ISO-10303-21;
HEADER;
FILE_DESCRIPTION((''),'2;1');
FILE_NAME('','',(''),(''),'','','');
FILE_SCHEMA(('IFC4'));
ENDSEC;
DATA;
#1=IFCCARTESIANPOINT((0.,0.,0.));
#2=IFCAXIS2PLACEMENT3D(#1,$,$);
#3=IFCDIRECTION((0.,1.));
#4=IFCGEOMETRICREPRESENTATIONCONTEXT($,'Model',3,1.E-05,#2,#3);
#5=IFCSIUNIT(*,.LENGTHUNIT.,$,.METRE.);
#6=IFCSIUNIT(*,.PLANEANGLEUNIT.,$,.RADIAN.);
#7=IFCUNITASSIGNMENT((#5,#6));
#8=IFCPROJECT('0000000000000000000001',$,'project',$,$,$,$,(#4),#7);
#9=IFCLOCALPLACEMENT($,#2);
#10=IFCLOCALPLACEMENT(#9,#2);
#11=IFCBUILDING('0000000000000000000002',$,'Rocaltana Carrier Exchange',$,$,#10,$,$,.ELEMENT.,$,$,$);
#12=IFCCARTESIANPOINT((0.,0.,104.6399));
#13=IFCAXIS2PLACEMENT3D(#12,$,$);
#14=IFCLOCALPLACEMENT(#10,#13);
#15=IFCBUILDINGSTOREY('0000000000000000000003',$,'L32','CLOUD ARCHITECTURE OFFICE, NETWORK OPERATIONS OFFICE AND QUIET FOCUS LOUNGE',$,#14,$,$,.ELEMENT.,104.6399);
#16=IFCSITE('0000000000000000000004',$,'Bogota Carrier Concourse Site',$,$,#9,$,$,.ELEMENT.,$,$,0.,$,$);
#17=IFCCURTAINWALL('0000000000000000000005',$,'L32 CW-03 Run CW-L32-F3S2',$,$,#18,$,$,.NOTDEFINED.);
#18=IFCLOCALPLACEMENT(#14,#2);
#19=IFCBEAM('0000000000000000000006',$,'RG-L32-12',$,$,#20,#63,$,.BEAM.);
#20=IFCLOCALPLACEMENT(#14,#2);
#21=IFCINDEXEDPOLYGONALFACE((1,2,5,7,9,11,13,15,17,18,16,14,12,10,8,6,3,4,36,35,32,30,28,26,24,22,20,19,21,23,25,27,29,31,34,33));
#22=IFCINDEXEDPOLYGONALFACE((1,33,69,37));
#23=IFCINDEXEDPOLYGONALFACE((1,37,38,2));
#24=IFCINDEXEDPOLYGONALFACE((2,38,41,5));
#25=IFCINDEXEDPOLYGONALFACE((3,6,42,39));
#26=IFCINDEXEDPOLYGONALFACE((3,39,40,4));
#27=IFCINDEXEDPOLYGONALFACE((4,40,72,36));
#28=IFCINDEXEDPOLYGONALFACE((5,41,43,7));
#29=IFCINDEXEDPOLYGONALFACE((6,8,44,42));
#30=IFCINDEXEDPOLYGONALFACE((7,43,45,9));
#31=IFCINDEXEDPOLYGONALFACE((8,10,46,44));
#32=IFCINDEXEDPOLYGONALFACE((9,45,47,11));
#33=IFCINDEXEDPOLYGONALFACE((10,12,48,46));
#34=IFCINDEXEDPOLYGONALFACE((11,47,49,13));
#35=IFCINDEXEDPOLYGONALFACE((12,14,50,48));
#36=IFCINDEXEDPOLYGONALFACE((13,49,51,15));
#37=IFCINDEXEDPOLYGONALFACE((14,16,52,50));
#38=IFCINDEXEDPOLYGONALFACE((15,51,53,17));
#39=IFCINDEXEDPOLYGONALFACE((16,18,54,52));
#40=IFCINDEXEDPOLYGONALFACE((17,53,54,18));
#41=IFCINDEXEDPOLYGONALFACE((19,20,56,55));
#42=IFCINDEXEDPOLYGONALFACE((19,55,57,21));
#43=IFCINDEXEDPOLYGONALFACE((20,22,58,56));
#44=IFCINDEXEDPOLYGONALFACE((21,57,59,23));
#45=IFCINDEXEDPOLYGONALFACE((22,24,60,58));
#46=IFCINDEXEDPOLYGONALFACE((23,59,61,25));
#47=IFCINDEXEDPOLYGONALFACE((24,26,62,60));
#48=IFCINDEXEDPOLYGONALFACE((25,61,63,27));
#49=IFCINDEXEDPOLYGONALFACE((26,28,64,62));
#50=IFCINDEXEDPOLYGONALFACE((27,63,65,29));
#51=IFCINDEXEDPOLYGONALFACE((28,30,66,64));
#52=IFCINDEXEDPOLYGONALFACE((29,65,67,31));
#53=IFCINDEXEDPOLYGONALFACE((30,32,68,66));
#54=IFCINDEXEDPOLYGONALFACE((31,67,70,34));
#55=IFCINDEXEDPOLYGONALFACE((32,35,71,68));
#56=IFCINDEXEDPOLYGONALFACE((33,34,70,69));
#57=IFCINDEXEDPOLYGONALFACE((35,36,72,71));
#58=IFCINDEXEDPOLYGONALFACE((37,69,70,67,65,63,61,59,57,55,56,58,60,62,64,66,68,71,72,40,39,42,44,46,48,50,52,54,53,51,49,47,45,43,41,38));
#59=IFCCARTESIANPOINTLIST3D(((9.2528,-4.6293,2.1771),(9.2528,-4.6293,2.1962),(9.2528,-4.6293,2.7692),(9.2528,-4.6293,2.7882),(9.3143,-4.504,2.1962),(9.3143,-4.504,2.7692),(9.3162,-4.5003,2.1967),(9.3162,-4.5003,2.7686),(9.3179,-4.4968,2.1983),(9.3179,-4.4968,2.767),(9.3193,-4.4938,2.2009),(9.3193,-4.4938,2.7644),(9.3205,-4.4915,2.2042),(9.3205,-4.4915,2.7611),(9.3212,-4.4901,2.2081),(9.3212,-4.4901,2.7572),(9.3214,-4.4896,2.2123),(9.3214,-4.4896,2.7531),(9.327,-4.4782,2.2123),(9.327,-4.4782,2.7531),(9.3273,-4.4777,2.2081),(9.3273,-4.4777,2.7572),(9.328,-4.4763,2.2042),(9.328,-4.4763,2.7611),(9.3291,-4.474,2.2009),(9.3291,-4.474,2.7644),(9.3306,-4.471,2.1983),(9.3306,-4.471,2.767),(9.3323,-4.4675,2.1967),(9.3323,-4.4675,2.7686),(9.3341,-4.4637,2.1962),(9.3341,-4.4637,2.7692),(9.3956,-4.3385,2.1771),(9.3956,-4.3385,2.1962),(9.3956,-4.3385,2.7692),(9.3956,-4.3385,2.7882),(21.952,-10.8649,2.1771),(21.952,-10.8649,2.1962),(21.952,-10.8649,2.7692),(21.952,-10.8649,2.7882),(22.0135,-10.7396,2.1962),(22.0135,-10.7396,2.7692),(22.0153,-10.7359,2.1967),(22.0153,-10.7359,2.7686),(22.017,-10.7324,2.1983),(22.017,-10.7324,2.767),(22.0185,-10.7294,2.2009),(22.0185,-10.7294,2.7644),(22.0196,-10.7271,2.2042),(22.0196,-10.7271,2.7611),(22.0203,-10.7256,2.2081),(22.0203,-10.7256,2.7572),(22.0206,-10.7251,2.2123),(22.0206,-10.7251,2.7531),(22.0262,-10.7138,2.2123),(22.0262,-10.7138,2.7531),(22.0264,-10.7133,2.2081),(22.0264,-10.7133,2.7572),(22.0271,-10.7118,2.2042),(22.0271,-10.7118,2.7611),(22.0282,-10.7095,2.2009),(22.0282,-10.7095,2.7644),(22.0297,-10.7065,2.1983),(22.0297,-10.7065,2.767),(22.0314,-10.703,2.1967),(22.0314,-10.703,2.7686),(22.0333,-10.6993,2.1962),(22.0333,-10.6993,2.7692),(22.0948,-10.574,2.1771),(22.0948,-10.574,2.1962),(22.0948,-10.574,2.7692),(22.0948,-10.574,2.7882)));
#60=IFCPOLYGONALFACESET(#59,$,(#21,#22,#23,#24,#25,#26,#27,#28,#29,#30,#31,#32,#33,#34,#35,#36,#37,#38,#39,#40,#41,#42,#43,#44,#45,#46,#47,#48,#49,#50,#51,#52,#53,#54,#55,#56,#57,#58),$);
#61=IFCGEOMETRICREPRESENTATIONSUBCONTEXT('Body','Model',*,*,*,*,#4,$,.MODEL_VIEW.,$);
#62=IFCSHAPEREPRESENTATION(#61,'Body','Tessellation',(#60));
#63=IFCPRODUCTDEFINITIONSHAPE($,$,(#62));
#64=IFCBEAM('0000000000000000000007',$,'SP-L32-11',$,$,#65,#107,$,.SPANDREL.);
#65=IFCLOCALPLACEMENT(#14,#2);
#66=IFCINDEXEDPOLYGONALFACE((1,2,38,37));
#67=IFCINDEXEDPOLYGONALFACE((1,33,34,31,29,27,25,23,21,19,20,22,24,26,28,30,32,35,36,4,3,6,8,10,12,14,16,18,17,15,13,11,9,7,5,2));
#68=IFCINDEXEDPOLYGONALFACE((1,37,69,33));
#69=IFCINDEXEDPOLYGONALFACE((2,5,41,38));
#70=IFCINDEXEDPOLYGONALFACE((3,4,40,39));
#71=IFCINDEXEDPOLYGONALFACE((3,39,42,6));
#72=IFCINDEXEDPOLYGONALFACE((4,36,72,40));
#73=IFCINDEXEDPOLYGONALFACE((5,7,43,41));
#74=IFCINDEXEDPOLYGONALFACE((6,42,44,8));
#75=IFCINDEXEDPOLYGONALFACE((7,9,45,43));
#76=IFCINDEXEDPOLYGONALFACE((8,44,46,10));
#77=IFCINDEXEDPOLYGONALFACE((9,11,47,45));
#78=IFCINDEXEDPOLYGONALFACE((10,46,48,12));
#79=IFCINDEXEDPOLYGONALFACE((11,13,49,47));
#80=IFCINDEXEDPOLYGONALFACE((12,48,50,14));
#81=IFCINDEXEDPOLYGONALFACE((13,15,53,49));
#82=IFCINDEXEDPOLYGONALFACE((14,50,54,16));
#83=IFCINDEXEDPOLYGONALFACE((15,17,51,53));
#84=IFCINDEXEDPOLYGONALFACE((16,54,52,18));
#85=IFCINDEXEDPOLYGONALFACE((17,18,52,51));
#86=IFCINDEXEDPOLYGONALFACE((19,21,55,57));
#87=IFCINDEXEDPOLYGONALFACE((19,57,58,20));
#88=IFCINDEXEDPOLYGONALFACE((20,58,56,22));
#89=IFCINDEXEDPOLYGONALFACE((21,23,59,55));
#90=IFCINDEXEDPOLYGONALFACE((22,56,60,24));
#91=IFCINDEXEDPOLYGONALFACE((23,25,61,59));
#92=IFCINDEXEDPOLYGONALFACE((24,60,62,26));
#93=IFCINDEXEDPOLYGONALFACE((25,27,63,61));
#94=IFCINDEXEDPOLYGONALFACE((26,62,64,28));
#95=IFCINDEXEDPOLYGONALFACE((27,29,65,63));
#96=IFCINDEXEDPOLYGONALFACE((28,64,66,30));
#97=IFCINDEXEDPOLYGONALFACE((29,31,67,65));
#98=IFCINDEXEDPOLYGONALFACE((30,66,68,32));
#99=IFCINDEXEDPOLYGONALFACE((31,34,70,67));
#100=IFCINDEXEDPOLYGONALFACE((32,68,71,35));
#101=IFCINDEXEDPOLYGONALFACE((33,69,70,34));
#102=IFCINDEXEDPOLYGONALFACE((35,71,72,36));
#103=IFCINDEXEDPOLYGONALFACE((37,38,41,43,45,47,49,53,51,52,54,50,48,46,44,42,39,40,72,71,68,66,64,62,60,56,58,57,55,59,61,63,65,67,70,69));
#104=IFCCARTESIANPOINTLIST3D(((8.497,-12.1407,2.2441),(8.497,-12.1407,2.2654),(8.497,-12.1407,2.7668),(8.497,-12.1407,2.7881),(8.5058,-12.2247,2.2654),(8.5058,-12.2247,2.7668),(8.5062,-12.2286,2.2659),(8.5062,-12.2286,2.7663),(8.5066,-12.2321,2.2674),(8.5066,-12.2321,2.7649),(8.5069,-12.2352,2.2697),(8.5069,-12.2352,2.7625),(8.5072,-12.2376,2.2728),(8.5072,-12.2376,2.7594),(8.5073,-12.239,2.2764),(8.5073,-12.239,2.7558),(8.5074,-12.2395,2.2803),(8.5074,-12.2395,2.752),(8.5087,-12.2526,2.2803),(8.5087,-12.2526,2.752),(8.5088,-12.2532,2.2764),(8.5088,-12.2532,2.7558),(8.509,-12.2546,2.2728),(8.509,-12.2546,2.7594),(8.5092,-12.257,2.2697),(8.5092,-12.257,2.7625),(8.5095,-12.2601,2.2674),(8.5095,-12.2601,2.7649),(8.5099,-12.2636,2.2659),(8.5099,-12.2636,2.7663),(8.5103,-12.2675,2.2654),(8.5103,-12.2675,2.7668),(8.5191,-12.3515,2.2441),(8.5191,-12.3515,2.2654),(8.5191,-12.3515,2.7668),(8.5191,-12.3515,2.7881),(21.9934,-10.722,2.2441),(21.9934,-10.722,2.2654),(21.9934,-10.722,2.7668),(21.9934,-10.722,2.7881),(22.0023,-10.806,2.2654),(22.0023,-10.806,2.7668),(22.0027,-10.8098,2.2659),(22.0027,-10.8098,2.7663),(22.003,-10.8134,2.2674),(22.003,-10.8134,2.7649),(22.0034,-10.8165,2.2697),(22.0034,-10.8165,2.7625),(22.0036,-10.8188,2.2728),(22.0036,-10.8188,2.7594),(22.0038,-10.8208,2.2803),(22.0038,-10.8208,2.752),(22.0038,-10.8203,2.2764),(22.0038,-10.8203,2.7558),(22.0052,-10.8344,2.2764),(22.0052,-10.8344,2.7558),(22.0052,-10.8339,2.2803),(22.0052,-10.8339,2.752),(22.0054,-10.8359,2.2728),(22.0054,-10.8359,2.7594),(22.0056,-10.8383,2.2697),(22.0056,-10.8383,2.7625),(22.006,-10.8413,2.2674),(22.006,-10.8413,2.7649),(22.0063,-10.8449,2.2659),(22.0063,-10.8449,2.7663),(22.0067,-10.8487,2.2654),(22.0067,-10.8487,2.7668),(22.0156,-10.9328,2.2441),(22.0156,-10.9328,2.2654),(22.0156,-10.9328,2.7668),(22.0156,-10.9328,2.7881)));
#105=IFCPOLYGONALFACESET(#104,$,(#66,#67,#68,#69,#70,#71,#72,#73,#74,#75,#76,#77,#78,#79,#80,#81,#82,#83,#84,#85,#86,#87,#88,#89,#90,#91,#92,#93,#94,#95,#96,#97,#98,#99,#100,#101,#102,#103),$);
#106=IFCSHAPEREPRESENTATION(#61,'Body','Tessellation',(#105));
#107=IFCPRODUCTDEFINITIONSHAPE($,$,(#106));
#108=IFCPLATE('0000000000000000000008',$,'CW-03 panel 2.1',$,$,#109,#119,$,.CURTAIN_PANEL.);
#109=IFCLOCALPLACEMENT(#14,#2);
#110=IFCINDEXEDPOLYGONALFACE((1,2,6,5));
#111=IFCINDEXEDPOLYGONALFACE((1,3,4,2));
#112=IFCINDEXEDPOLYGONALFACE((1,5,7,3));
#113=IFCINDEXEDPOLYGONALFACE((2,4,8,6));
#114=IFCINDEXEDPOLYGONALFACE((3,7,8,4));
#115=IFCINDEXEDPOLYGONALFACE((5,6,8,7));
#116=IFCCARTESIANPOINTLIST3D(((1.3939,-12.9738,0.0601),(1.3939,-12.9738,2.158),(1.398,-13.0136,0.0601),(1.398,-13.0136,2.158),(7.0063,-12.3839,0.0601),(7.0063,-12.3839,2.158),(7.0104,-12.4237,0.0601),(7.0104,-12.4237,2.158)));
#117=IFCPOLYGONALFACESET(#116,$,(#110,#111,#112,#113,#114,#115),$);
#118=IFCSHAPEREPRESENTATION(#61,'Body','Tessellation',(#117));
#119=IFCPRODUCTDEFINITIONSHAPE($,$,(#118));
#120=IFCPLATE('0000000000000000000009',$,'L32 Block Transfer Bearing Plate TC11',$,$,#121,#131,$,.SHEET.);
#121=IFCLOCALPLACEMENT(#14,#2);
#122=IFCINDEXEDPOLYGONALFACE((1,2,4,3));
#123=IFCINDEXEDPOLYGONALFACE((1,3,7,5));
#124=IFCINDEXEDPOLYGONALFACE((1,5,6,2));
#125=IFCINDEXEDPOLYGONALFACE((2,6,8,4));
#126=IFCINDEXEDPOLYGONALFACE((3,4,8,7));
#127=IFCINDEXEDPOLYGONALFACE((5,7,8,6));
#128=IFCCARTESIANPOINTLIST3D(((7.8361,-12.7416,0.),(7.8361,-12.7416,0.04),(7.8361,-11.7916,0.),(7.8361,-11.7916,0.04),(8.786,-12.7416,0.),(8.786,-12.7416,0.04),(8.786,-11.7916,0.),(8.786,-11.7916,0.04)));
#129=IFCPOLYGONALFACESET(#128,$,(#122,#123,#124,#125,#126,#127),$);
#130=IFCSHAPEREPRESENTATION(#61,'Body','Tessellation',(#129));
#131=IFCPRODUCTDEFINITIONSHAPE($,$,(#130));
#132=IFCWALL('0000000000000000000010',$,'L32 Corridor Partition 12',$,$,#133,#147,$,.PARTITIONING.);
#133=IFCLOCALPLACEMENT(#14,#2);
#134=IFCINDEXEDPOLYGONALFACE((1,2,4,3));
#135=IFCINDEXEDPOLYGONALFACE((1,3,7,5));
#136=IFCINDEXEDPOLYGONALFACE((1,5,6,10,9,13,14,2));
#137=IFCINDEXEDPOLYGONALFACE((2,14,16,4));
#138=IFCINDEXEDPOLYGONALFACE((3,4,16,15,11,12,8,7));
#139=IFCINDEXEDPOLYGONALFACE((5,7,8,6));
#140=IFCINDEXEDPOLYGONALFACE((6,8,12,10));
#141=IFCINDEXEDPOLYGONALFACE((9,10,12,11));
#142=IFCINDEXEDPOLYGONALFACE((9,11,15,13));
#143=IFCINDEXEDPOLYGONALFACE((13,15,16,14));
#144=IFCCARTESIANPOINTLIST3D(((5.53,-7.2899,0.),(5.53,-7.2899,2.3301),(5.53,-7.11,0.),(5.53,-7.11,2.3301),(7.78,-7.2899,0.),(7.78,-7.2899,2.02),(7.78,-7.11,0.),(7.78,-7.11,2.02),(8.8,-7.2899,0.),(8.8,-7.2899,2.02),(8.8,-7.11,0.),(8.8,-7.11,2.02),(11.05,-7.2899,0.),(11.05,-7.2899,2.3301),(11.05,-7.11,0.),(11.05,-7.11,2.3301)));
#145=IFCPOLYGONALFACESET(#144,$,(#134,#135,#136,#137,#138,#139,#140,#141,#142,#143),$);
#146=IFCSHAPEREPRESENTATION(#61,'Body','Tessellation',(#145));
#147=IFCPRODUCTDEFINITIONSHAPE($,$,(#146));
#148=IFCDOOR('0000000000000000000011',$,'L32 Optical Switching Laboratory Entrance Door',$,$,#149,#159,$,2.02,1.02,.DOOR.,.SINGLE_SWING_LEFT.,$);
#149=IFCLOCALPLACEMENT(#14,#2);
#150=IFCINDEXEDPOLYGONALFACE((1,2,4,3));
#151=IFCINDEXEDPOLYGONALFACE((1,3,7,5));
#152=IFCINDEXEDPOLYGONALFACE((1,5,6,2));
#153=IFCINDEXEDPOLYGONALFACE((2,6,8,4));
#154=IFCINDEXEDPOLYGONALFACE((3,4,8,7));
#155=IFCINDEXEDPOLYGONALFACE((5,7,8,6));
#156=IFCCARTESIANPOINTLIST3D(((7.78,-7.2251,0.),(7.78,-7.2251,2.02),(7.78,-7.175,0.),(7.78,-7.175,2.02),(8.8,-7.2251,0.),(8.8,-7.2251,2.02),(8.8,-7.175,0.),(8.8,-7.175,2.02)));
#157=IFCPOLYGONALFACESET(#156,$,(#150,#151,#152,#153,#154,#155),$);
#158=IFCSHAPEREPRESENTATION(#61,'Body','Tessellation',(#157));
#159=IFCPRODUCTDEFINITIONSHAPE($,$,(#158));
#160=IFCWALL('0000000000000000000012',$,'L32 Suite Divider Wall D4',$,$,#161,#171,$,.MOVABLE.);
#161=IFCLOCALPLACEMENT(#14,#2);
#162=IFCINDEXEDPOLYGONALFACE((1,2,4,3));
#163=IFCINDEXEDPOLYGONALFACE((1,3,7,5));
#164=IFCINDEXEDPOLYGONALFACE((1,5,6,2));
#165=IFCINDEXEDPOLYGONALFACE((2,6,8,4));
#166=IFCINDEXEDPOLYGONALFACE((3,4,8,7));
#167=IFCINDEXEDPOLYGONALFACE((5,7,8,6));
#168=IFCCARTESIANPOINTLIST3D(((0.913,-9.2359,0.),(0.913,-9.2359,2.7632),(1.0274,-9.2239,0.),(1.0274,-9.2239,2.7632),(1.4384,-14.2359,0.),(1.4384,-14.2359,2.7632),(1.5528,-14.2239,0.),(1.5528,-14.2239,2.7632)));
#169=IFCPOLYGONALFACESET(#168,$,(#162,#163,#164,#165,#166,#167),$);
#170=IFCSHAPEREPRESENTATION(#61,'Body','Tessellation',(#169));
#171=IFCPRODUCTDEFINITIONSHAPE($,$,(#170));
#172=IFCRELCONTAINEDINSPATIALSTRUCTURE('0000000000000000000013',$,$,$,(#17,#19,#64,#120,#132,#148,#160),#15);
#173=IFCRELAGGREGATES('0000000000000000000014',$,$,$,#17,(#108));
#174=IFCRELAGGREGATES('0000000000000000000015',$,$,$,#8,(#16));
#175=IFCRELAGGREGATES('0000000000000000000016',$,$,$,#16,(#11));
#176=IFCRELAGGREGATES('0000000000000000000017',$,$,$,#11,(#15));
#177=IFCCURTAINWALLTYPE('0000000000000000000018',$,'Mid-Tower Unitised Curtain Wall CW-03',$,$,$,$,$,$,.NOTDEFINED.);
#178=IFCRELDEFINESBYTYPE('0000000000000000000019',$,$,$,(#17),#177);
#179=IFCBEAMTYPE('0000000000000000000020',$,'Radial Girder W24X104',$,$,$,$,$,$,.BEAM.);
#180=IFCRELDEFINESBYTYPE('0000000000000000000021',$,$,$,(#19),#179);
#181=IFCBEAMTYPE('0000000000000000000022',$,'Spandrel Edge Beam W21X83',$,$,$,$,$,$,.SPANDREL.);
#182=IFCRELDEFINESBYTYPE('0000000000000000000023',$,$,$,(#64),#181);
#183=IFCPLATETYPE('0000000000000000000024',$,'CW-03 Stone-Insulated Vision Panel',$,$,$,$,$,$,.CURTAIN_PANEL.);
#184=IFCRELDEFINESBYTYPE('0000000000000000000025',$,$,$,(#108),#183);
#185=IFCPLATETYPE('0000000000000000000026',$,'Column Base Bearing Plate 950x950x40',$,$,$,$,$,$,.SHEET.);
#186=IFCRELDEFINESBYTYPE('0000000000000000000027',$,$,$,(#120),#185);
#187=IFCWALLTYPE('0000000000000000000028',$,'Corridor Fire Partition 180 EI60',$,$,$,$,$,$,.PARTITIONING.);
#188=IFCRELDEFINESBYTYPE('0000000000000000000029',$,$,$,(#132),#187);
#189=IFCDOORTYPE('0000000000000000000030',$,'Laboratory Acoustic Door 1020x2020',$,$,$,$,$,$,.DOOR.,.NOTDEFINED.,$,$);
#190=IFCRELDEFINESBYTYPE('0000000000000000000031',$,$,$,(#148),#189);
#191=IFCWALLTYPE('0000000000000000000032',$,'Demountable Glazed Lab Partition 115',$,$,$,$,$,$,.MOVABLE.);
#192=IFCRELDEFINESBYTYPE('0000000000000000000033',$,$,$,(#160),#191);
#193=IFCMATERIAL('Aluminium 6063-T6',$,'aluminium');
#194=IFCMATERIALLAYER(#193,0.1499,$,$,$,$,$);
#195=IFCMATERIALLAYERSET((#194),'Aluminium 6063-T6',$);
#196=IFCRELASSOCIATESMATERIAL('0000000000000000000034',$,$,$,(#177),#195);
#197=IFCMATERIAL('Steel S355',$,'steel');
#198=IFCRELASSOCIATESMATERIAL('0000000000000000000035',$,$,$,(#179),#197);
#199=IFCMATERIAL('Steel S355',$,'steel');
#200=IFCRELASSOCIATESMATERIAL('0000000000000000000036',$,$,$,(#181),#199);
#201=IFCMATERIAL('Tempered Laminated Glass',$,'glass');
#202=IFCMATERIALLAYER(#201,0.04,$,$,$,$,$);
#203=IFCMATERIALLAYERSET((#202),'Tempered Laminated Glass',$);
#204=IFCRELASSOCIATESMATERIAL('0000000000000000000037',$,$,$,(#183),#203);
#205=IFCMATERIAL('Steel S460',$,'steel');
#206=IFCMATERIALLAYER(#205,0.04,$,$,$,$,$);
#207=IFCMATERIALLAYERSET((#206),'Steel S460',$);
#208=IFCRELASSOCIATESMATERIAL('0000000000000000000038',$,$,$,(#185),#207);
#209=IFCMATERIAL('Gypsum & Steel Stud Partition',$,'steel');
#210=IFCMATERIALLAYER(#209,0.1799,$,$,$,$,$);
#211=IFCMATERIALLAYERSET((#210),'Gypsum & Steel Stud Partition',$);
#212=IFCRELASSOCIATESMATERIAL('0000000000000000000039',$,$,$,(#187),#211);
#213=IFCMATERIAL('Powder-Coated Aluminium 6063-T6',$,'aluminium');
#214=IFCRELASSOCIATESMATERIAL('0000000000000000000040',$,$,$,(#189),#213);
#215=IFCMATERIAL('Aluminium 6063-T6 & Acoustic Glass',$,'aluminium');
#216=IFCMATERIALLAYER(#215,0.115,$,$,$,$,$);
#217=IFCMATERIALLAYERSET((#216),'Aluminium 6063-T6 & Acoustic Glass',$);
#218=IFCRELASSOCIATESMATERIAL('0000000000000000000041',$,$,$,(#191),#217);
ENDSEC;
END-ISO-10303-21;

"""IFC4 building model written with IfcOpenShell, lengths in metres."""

from ifc_helpers import new_model, si_unit, direction, frame, frame_2d, origin, origin_2d, place, context, subcontext, project, spatial, rectangle, i_section, extrude, material, layer, layer_set, material_profile, profile_set, type_object, element, fill, aggregate, save


model = new_model("IFC4")

# Units and contexts
model_context = context("Model", 3, precision=1e-05, world=origin(), true_north=direction((0.0, 1.0)))
body_context = subcontext(model_context, "Body", "Model", "MODEL_VIEW")
ifc_project = project(units=[si_unit("LENGTHUNIT", "METRE"), si_unit("PLANEANGLEUNIT", "RADIAN")], contexts=[model_context])

# Site, building, storey
site_placement = place(None, origin())
site = spatial("IfcSite", under=ifc_project, at=site_placement, Name="Bogota Carrier Concourse Site", CompositionType="ELEMENT", RefElevation=0.0)
building_placement = place(site_placement, origin())
building = spatial("IfcBuilding", under=site, at=building_placement, Name="Rocaltana Carrier Exchange", CompositionType="ELEMENT")
storey_placement = place(building_placement, frame((0.0, 0.0, 104.6399)))
storey = spatial("IfcBuildingStorey", under=building, at=storey_placement, Name="L32", Description="CLOUD ARCHITECTURE OFFICE, NETWORK OPERATIONS OFFICE AND QUIET FOCUS LOUNGE", CompositionType="ELEMENT", Elevation=104.6399)

# Curtain wall
ifc_material_1 = material(Name="Aluminium 6063-T6", Category="aluminium")
ifc_layer_1 = layer(ifc_material_1, 0.1499)
ifc_layer_set_1 = layer_set([ifc_layer_1], Name="Aluminium 6063-T6")
curtain_wall_type = type_object("IfcCurtainWallType", Name="Mid-Tower Unitised Curtain Wall CW-03", PredefinedType="NOTDEFINED", material=ifc_layer_set_1)
curtain_wall_1_placement = place(storey_placement, origin())
curtain_wall_1 = element("IfcCurtainWall", 1, at=curtain_wall_1_placement, inside=storey, type_object=curtain_wall_type, Name="L32 CW-03 Run CW-L32-F3S2", PredefinedType="NOTDEFINED")

# Beams
ifc_material_2 = material(Name="Steel S355", Category="steel")
ifc_material_profile_1 = material_profile(ifc_material_2, i_section(OverallWidth=0.324, OverallDepth=0.6111, WebThickness=0.0127, FlangeThickness=0.019, FilletRadius=0.0161, at=origin_2d()), Name="W24X104")
ifc_profile_set_1 = profile_set([ifc_material_profile_1], Name="Steel S355")
beam_type_1 = type_object("IfcBeamType", Name="Radial Girder W24X104", PredefinedType="BEAM", material=ifc_profile_set_1)
beam_1_placement = place(storey_placement, frame((9.3242, -4.4839, 2.4827), z_axis=(0.897628, -0.440755, 0.0), x_axis=(0.440755, 0.897628, 0.0)))
element("IfcBeam", 2, at=beam_1_placement, inside=storey, type_object=beam_type_1, Name="RG-L32-12", PredefinedType="BEAM", context=body_context, shape_type="SweptSolid", body=[
    extrude(i_section(OverallWidth=0.324, OverallDepth=0.6111, WebThickness=0.0127, FlangeThickness=0.019, FilletRadius=0.0161, at=origin_2d()), origin(), (0.0, 0.0, 1.0), 14.1475),
])
ifc_material_3 = material(Name="Steel S355", Category="steel")
ifc_material_profile_2 = material_profile(ifc_material_3, i_section(OverallWidth=0.2119, OverallDepth=0.5439, WebThickness=0.0132, FlangeThickness=0.0212, FilletRadius=0.0149, at=origin_2d()), Name="W21X83")
ifc_profile_set_2 = profile_set([ifc_material_profile_2], Name="Steel S355")
beam_type_2 = type_object("IfcBeamType", Name="Spandrel Edge Beam W21X83", PredefinedType="SPANDREL", material=ifc_profile_set_2)
beam_2_placement = place(storey_placement, frame((8.5081, -12.2461, 2.5161), z_axis=(0.994521, 0.104542, 0.0), x_axis=(-0.104542, 0.994521, 0.0)))
element("IfcBeam", 3, at=beam_2_placement, inside=storey, type_object=beam_type_2, Name="SP-L32-11", PredefinedType="SPANDREL", context=body_context, shape_type="SweptSolid", body=[
    extrude(i_section(OverallWidth=0.2119, OverallDepth=0.5439, WebThickness=0.0132, FlangeThickness=0.0212, FilletRadius=0.0149, at=origin_2d()), origin(), (0.0, 0.0, 1.0), 13.5708),
])

# Plates
ifc_material_4 = material(Name="Tempered Laminated Glass", Category="glass")
ifc_layer_2 = layer(ifc_material_4, 0.04)
ifc_layer_set_2 = layer_set([ifc_layer_2], Name="Tempered Laminated Glass")
plate_type_1 = type_object("IfcPlateType", Name="CW-03 Stone-Insulated Vision Panel", PredefinedType="CURTAIN_PANEL", material=ifc_layer_set_2)
plate_1_placement = place(storey_placement, frame((4.2021, -12.6987, 0.0601), z_axis=(0.0, 0.0, 1.0), x_axis=(0.994522, 0.10453, 0.0)))
plate_1 = element("IfcPlate", 4, at=plate_1_placement, type_object=plate_type_1, Name="CW-03 panel 2.1", PredefinedType="CURTAIN_PANEL", context=body_context, shape_type="SweptSolid", body=[
    extrude(rectangle(XDim=5.6433, YDim=0.04, at=origin_2d()), origin(), (0.0, 0.0, 1.0), 2.0979),
])
aggregate(curtain_wall_1, [plate_1])
ifc_material_5 = material(Name="Steel S460", Category="steel")
ifc_layer_3 = layer(ifc_material_5, 0.04)
ifc_layer_set_3 = layer_set([ifc_layer_3], Name="Steel S460")
plate_type_2 = type_object("IfcPlateType", Name="Column Base Bearing Plate 950x950x40", PredefinedType="SHEET", material=ifc_layer_set_3)
plate_2_placement = place(storey_placement, frame((8.311, -12.2666, 0.0), z_axis=(0.0, 0.0, 1.0), x_axis=(1.0, 0.0, 0.0)))
element("IfcPlate", 5, at=plate_2_placement, inside=storey, type_object=plate_type_2, Name="L32 Block Transfer Bearing Plate TC11", PredefinedType="SHEET", context=body_context, shape_type="SweptSolid", body=[
    extrude(rectangle(XDim=0.95, YDim=0.95, at=origin_2d()), origin(), (0.0, 0.0, 1.0), 0.04),
])

# Wall, opening, door
ifc_material_6 = material(Name="Gypsum & Steel Stud Partition", Category="steel")
ifc_layer_4 = layer(ifc_material_6, 0.1799)
ifc_layer_set_4 = layer_set([ifc_layer_4], Name="Gypsum & Steel Stud Partition")
wall_type_1 = type_object("IfcWallType", Name="Corridor Fire Partition 180 EI60", PredefinedType="PARTITIONING", material=ifc_layer_set_4)
wall_1_placement = place(storey_placement, frame((5.53, -7.2, 0.0), z_axis=(0.0, 0.0, 1.0), x_axis=(1.0, 0.0, 0.0)))
wall_1 = element("IfcWall", 6, at=wall_1_placement, inside=storey, type_object=wall_type_1, Name="L32 Corridor Partition 12", PredefinedType="PARTITIONING", context=body_context, shape_type="SweptSolid", body=[
    extrude(rectangle(XDim=5.52, YDim=0.1799, at=frame_2d((2.76, 0.0))), origin(), (0.0, 0.0, 1.0), 2.3301),
])
opening_placement = place(wall_1_placement, frame((2.25, 0.0, 0.0)))
opening = element("IfcOpeningElement", 7, at=opening_placement, cuts=wall_1, PredefinedType="OPENING", context=body_context, shape_type="SweptSolid", body=[
    extrude(rectangle(XDim=1.02, YDim=2.02, at=frame_2d((0.51, 1.01))), frame((0.0, 0.0999, 0.0), z_axis=(0.0, -1.0, 0.0), x_axis=(1.0, 0.0, 0.0)), (0.0, 0.0, 1.0), 0.2),
])
ifc_material_7 = material(Name="Powder-Coated Aluminium 6063-T6", Category="aluminium")
door_type = type_object("IfcDoorType", Name="Laboratory Acoustic Door 1020x2020", OperationType="NOTDEFINED", PredefinedType="DOOR", material=ifc_material_7)
door_placement = place(opening_placement, origin())
door = element("IfcDoor", 8, at=door_placement, inside=storey, type_object=door_type, Name="L32 Optical Switching Laboratory Entrance Door", OperationType="SINGLE_SWING_LEFT", OverallHeight=2.02, OverallWidth=1.02, PredefinedType="DOOR", context=body_context, shape_type="SweptSolid", body=[
    extrude(rectangle(XDim=1.02, YDim=2.02, at=frame_2d((0.51, 1.01))), frame((0.0, 0.0249, 0.0), z_axis=(0.0, -1.0, 0.0), x_axis=(1.0, 0.0, 0.0)), (0.0, 0.0, 1.0), 0.05),
])
fill(opening, door)

# Wall
ifc_material_8 = material(Name="Aluminium 6063-T6 & Acoustic Glass", Category="aluminium")
ifc_layer_5 = layer(ifc_material_8, 0.115)
ifc_layer_set_5 = layer_set([ifc_layer_5], Name="Aluminium 6063-T6 & Acoustic Glass")
wall_type_2 = type_object("IfcWallType", Name="Demountable Glazed Lab Partition 115", PredefinedType="MOVABLE", material=ifc_layer_set_5)
wall_2_placement = place(storey_placement, frame((0.9702, -9.23, 0.0), z_axis=(0.0, 0.0, 1.0), x_axis=(0.104503, -0.994525, 0.0)))
element("IfcWall", 9, at=wall_2_placement, inside=storey, type_object=wall_type_2, Name="L32 Suite Divider Wall D4", PredefinedType="MOVABLE", context=body_context, shape_type="SweptSolid", body=[
    extrude(rectangle(XDim=5.0276, YDim=0.115, at=frame_2d((2.5137, 0.0))), origin(), (0.0, 0.0, 1.0), 2.7632),
])

save(model, "model.ifc")
